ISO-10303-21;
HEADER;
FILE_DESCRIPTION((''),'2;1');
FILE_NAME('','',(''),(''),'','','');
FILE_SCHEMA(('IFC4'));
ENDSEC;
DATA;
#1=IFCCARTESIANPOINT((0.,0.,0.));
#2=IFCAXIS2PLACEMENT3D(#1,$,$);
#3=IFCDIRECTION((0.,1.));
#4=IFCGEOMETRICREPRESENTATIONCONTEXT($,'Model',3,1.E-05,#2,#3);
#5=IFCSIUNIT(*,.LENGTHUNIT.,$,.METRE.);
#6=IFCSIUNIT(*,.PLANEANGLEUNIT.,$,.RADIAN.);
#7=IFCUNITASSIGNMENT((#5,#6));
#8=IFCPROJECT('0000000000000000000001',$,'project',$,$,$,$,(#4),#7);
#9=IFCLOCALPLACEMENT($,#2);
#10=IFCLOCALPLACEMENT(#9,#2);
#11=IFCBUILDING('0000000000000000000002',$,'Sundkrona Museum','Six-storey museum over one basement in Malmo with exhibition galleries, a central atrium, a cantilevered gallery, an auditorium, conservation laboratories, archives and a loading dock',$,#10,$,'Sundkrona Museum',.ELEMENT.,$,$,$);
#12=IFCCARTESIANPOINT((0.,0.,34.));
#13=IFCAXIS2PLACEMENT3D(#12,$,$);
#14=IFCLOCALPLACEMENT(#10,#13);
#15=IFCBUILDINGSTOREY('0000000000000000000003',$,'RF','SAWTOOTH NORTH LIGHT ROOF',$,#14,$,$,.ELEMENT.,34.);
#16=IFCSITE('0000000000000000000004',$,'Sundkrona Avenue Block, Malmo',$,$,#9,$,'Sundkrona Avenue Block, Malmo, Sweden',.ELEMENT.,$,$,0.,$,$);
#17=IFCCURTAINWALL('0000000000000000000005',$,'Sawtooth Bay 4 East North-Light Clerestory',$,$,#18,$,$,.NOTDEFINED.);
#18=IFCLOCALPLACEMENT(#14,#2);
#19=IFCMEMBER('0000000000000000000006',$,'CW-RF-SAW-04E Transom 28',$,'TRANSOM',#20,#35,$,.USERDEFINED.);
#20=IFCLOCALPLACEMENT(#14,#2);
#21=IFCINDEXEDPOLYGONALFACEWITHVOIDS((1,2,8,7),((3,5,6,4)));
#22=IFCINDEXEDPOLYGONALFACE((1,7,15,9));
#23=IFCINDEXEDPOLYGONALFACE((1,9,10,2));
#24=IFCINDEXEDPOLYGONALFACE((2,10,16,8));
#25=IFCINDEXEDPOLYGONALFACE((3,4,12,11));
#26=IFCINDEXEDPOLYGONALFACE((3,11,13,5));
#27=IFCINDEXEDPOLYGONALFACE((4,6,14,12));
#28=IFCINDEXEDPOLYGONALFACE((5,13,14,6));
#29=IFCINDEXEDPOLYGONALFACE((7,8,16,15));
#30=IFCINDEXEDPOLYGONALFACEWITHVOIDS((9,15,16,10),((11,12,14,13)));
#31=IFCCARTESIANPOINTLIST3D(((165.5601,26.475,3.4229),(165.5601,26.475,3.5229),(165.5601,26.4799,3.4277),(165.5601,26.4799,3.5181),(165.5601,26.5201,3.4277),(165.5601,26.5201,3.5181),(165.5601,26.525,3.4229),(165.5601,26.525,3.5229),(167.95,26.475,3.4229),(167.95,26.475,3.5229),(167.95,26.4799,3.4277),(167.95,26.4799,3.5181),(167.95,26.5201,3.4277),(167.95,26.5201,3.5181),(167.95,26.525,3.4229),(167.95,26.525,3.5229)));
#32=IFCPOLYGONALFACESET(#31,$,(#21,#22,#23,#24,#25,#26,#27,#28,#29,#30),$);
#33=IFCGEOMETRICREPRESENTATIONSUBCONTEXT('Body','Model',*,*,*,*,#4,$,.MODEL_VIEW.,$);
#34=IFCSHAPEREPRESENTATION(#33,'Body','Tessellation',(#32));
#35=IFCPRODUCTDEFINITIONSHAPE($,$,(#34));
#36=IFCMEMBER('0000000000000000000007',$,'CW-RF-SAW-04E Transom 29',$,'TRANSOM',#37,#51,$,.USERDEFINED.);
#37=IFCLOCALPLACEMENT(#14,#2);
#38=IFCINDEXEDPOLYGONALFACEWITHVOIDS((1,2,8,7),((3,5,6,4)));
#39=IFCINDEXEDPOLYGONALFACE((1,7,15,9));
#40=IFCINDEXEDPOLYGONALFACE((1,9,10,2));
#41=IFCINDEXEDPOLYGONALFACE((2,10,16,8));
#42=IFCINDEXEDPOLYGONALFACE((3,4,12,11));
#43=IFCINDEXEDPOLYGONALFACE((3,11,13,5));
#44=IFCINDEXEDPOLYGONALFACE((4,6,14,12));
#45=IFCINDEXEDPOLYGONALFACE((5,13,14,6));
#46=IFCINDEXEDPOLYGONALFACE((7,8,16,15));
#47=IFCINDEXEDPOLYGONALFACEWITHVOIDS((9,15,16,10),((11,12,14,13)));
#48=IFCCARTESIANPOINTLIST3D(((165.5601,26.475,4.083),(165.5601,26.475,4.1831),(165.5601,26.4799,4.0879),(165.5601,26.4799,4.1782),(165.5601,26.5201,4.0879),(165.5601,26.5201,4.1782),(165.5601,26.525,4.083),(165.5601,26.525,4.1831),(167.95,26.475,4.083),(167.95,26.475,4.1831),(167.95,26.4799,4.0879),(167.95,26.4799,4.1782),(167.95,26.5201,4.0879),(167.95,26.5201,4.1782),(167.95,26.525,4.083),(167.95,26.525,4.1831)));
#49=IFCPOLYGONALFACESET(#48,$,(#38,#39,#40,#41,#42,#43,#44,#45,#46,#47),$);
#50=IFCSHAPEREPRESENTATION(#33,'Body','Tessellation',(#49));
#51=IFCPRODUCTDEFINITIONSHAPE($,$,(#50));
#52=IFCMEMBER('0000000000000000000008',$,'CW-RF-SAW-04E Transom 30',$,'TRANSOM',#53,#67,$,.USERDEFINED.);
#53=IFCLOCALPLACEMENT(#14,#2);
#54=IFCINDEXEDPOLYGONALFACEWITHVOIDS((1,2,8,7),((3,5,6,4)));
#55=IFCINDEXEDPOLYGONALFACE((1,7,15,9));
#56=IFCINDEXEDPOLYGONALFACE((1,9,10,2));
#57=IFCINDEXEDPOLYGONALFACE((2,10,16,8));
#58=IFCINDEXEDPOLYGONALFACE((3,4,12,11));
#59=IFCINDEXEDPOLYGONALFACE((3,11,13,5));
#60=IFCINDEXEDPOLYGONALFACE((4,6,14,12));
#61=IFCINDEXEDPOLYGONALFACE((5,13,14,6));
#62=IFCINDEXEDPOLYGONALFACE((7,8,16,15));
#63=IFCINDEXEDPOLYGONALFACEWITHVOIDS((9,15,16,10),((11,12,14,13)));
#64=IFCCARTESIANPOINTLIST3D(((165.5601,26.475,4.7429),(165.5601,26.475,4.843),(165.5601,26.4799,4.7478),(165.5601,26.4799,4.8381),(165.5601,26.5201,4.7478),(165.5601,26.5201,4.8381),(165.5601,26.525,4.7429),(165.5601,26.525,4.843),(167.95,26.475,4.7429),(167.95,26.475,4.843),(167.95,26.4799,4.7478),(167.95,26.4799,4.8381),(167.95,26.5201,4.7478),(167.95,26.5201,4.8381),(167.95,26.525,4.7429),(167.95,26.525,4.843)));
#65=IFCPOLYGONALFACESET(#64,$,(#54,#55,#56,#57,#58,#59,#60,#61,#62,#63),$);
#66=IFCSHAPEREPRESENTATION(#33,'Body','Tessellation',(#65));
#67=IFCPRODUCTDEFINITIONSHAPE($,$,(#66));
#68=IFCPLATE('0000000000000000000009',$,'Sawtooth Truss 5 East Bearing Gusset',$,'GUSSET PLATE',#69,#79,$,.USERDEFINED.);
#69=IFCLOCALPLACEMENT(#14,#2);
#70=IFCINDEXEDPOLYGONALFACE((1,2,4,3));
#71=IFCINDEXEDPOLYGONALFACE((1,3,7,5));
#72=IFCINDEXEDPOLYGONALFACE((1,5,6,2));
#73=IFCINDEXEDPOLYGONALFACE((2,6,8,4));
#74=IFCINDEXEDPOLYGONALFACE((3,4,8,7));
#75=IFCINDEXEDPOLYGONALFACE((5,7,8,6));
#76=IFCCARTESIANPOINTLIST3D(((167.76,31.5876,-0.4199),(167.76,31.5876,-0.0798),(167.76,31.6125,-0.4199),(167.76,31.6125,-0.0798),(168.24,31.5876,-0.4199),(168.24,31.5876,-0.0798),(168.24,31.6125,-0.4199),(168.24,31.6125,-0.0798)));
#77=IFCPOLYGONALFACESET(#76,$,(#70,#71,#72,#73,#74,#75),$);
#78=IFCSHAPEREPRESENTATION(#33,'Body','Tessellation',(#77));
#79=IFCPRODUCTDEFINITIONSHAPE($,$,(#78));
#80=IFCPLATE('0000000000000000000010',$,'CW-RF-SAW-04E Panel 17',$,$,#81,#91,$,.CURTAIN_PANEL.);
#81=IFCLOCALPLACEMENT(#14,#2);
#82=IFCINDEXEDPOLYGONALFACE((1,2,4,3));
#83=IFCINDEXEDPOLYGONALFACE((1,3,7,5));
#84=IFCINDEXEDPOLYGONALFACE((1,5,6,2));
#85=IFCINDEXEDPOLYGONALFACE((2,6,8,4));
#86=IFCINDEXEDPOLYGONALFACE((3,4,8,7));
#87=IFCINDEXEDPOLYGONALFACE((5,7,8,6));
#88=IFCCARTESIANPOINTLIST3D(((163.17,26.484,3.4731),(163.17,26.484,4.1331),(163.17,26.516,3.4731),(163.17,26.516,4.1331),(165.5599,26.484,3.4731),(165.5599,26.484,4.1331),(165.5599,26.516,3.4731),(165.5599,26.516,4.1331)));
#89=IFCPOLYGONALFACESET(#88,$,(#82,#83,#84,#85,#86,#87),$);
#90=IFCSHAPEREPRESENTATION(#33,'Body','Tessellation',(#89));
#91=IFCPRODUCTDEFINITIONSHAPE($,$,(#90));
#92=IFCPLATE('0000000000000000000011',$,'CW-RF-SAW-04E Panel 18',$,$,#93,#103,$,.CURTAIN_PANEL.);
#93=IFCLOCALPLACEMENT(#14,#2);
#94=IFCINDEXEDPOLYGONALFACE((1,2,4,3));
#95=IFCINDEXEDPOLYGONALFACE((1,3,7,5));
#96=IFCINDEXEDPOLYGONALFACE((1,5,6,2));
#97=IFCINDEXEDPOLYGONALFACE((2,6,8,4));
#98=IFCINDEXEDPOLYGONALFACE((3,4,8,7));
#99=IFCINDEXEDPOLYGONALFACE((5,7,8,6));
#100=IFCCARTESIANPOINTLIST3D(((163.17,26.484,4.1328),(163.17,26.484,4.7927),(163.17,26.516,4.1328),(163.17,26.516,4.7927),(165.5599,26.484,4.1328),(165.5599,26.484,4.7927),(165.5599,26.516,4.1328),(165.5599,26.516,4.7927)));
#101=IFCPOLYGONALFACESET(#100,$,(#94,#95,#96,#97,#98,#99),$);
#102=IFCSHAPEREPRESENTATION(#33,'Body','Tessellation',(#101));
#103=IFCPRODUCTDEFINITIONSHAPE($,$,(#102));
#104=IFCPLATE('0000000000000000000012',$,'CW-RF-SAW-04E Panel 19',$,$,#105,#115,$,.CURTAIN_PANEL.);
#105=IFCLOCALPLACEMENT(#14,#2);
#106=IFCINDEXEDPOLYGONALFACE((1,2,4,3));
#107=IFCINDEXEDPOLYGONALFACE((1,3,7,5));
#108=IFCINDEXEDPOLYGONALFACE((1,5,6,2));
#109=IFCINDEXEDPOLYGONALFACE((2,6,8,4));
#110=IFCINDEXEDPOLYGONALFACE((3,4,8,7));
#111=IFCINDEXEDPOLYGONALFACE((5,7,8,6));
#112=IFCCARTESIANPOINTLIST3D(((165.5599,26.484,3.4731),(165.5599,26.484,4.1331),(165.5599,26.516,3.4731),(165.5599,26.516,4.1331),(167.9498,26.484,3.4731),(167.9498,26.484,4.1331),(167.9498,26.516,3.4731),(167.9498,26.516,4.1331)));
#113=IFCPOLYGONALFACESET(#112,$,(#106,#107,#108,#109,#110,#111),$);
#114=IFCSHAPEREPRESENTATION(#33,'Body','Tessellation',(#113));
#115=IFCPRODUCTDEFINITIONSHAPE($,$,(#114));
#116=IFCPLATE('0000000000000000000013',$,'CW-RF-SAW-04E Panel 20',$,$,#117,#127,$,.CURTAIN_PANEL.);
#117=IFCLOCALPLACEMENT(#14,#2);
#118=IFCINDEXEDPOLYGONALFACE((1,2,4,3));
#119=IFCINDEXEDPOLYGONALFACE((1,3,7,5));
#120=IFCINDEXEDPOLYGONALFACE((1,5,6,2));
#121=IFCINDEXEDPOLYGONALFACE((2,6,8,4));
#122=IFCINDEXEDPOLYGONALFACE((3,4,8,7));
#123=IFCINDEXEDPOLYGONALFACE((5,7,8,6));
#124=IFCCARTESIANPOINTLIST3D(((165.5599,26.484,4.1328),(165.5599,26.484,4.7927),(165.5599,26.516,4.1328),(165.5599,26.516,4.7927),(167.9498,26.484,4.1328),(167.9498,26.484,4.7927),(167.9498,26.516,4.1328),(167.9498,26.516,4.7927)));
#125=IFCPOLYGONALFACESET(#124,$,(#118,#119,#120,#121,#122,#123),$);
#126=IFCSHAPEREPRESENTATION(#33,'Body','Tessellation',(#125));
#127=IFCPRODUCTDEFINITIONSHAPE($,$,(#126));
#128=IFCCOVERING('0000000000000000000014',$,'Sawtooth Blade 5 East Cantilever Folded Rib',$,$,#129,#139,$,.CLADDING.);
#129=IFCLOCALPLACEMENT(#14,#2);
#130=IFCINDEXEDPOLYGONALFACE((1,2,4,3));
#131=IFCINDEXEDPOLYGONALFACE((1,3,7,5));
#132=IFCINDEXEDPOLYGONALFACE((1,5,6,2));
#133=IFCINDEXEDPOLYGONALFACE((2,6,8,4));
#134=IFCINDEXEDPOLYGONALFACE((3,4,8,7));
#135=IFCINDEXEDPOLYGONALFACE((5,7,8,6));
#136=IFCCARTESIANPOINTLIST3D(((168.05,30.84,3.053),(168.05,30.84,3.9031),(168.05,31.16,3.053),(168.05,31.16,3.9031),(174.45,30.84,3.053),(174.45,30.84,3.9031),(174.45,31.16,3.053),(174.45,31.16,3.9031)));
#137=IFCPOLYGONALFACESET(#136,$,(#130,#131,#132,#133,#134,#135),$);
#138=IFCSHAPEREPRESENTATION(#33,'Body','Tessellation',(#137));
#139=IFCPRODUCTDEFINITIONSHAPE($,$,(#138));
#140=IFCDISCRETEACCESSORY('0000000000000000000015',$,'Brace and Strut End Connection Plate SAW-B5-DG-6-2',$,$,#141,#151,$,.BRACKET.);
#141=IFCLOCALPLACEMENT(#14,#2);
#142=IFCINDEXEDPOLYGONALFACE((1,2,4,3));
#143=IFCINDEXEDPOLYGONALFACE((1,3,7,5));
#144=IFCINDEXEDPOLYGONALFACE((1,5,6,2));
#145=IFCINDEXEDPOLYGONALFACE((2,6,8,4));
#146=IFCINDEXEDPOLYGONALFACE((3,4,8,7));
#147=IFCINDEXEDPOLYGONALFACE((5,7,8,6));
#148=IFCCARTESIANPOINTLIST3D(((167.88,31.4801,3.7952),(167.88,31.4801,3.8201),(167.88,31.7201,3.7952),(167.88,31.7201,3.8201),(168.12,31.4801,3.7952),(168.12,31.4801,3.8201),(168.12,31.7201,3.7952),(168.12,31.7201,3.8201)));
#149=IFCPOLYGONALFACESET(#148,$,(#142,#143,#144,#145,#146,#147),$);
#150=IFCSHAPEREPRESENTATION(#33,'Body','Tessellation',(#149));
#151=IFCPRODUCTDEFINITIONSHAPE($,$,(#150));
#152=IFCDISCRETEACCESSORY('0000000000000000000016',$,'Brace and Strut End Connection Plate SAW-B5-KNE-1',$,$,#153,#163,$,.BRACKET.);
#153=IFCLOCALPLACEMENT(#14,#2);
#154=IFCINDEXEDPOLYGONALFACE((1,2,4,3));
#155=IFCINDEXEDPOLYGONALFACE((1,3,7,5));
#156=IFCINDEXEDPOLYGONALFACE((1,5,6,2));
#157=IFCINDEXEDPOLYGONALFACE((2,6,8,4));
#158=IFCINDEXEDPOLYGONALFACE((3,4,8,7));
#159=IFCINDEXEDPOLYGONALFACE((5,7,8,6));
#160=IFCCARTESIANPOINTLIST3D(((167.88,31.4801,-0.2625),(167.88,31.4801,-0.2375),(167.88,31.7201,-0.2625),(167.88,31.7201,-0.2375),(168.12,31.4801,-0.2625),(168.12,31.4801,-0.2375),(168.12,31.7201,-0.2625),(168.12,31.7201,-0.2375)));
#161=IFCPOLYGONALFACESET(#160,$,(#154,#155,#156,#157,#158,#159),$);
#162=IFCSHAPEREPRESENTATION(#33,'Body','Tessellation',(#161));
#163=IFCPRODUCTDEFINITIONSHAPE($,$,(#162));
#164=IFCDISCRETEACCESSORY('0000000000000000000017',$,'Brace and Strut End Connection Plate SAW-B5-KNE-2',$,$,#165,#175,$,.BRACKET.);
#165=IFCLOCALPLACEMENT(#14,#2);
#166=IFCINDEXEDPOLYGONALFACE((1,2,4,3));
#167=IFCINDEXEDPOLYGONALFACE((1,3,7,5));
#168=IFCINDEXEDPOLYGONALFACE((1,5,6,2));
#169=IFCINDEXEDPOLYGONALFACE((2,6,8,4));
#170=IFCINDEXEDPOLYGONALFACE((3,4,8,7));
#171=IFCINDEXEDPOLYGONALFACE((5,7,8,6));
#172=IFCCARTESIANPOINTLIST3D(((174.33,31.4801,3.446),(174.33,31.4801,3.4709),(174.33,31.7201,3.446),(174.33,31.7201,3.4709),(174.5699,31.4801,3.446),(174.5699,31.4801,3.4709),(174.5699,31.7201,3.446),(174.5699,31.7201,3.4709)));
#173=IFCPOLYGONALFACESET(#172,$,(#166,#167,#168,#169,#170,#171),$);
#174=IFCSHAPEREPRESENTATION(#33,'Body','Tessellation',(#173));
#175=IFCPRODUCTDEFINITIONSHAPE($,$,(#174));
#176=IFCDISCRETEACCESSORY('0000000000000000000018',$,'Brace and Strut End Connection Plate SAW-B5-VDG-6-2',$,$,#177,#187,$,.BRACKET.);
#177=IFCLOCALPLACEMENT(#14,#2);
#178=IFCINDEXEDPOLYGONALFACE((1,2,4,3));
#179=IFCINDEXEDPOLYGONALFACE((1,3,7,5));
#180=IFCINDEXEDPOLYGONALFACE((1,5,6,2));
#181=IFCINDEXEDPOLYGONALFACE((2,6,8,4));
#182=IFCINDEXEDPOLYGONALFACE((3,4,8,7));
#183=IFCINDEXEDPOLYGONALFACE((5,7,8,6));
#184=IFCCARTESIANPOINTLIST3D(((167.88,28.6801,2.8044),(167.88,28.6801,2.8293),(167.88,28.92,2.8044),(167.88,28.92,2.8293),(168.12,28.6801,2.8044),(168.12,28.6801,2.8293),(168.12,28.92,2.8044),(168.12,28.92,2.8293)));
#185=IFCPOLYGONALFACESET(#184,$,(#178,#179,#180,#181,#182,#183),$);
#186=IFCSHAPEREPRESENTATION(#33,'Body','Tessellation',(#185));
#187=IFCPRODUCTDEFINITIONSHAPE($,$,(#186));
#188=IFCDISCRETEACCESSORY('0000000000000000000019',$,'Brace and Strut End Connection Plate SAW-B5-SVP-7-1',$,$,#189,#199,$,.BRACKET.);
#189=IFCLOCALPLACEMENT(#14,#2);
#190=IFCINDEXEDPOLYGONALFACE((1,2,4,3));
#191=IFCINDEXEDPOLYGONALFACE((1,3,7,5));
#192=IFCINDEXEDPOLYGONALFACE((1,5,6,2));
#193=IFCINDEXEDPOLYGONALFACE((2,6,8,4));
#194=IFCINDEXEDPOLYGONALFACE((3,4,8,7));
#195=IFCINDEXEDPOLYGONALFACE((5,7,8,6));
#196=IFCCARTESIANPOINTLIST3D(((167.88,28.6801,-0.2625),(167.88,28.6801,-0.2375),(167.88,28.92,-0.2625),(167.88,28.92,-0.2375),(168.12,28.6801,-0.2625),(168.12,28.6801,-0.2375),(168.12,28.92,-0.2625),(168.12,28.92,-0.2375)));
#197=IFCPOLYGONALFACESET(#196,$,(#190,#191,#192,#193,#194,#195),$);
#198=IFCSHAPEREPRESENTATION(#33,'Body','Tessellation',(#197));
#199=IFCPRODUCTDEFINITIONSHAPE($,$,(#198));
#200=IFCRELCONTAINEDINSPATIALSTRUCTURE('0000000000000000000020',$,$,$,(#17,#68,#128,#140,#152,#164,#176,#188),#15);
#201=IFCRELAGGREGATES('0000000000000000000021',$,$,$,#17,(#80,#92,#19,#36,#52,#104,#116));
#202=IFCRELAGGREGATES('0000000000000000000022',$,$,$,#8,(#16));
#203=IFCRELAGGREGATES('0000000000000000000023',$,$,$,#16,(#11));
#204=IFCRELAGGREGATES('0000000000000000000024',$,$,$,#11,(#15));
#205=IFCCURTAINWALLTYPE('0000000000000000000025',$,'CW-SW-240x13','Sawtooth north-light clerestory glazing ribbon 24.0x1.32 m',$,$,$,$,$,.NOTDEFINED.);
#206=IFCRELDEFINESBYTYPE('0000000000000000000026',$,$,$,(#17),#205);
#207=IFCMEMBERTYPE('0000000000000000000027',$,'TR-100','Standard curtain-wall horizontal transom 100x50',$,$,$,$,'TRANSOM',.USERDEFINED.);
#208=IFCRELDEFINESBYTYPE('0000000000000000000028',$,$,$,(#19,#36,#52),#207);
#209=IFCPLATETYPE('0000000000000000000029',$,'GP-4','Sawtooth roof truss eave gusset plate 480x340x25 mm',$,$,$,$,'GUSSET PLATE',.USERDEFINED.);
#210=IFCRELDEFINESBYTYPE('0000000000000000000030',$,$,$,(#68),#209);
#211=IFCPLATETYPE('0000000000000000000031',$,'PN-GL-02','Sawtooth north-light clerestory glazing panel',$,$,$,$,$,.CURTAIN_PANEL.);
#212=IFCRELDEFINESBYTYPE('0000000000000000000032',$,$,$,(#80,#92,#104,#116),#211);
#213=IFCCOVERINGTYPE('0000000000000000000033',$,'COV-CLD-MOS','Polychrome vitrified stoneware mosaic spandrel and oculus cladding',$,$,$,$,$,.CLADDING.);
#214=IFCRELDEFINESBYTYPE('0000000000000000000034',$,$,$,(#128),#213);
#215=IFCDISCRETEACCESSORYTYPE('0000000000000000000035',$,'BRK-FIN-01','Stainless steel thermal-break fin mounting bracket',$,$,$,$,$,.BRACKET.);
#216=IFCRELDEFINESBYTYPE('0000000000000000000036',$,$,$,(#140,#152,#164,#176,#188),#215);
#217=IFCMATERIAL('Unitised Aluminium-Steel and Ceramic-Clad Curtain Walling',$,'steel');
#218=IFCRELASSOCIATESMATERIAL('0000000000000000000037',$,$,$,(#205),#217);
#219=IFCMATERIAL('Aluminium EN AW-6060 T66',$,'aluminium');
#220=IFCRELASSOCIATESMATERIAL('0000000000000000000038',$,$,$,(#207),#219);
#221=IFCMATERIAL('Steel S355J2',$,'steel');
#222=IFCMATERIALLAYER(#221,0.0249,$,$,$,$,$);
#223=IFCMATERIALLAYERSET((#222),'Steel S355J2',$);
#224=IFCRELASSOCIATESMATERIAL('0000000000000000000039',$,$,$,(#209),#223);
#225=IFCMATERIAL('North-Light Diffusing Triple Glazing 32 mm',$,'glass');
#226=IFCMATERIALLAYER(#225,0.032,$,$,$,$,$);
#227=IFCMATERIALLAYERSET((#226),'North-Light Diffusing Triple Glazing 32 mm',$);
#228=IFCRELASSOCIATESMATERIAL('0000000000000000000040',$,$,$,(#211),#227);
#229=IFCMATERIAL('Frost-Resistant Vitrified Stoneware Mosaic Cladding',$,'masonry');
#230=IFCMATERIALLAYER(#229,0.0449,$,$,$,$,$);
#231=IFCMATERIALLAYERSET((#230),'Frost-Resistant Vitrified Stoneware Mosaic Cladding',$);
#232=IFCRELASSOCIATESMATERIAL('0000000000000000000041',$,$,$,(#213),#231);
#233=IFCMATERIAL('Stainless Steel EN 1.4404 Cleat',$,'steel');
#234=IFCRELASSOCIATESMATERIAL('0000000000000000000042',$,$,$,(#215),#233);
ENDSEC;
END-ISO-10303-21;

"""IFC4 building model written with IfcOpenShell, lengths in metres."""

from ifc_helpers import new_model, si_unit, direction, frame, origin, origin_2d, place, context, subcontext, project, spatial, rectangle, hollow_rectangle, extrude, material, layer, layer_set, material_profile, profile_set, type_object, element, aggregate, save


model = new_model("IFC4")

# Units and contexts
model_context = context("Model", 3, precision=1e-05, world=origin(), true_north=direction((0.0, 1.0)))
body_context = subcontext(model_context, "Body", "Model", "MODEL_VIEW")
ifc_project = project(units=[si_unit("LENGTHUNIT", "METRE"), si_unit("PLANEANGLEUNIT", "RADIAN")], contexts=[model_context])

# Site, building, storey
site_placement = place(None, origin())
site = spatial("IfcSite", under=ifc_project, at=site_placement, Name="Sundkrona Avenue Block, Malmo", LongName="Sundkrona Avenue Block, Malmo, Sweden", CompositionType="ELEMENT", RefElevation=0.0)
building_placement = place(site_placement, origin())
building = spatial("IfcBuilding", under=site, at=building_placement, Name="Sundkrona Museum", Description="Six-storey museum over one basement in Malmo with exhibition galleries, a central atrium, a cantilevered gallery, an auditorium, conservation laboratories, archives and a loading dock", LongName="Sundkrona Museum", CompositionType="ELEMENT")
storey_placement = place(building_placement, frame((0.0, 0.0, 34.0)))
storey = spatial("IfcBuildingStorey", under=building, at=storey_placement, Name="RF", Description="SAWTOOTH NORTH LIGHT ROOF", CompositionType="ELEMENT", Elevation=34.0)

# Shared definitions
ifc_material_1 = material(Name="Steel S355J2", Category="steel")

# Curtain wall
ifc_material_2 = material(Name="Unitised Aluminium-Steel and Ceramic-Clad Curtain Walling", Category="steel")
curtain_wall_type = type_object("IfcCurtainWallType", Name="CW-SW-240x13", Description="Sawtooth north-light clerestory glazing ribbon 24.0x1.32 m", PredefinedType="NOTDEFINED", material=ifc_material_2)
curtain_wall_placement = place(storey_placement, origin())
curtain_wall = element("IfcCurtainWall", 1, at=curtain_wall_placement, inside=storey, type_object=curtain_wall_type, Name="Sawtooth Bay 4 East North-Light Clerestory", PredefinedType="NOTDEFINED")
ifc_material_3 = material(Name="Aluminium EN AW-6060 T66", Category="aluminium")

# Members
ifc_material_profile_1 = material_profile(ifc_material_3, hollow_rectangle(XDim=0.05, YDim=0.1001, WallThickness=0.0049, at=origin_2d()), Name="RHS 100x50x5.0")
ifc_profile_set_1 = profile_set([ifc_material_profile_1], Name="Aluminium EN AW-6060 T66")
member_type_1 = type_object("IfcMemberType", Name="TR-100", Description="Standard curtain-wall horizontal transom 100x50", ElementType="TRANSOM", PredefinedType="USERDEFINED", material=ifc_profile_set_1)
member_1_placement = place(storey_placement, frame((165.5601, 26.5, 3.4729), z_axis=(1.0, 0.0, 0.0), x_axis=(0.0, 1.0, 0.0)))
member_1 = element("IfcMember", 2, at=member_1_placement, type_object=member_type_1, Name="CW-RF-SAW-04E Transom 28", ObjectType="TRANSOM", PredefinedType="USERDEFINED", context=body_context, shape_type="SweptSolid", body=[
    extrude(hollow_rectangle(XDim=0.05, YDim=0.1001, WallThickness=0.0049, at=origin_2d()), origin(), (0.0, 0.0, 1.0), 2.3899),
])
member_2_placement = place(storey_placement, frame((165.5601, 26.5, 4.1331), z_axis=(1.0, 0.0, 0.0), x_axis=(0.0, 1.0, 0.0)))
member_2 = element("IfcMember", 3, at=member_2_placement, type_object=member_type_1, Name="CW-RF-SAW-04E Transom 29", ObjectType="TRANSOM", PredefinedType="USERDEFINED", context=body_context, shape_type="SweptSolid", body=[
    extrude(hollow_rectangle(XDim=0.05, YDim=0.1001, WallThickness=0.0049, at=origin_2d()), origin(), (0.0, 0.0, 1.0), 2.3899),
])
member_3_placement = place(storey_placement, frame((165.5601, 26.5, 4.793), z_axis=(1.0, 0.0, 0.0), x_axis=(0.0, 1.0, 0.0)))
member_3 = element("IfcMember", 4, at=member_3_placement, type_object=member_type_1, Name="CW-RF-SAW-04E Transom 30", ObjectType="TRANSOM", PredefinedType="USERDEFINED", context=body_context, shape_type="SweptSolid", body=[
    extrude(hollow_rectangle(XDim=0.05, YDim=0.1001, WallThickness=0.0049, at=origin_2d()), origin(), (0.0, 0.0, 1.0), 2.3899),
])

# Plates
ifc_layer_1 = layer(ifc_material_1, 0.0249)
ifc_layer_set_1 = layer_set([ifc_layer_1], Name="Steel S355J2")
plate_type_1 = type_object("IfcPlateType", Name="GP-4", Description="Sawtooth roof truss eave gusset plate 480x340x25 mm", ElementType="GUSSET PLATE", PredefinedType="USERDEFINED", material=ifc_layer_set_1)
plate_1_placement = place(storey_placement, frame((168.0, 31.6001, -0.4199), z_axis=(0.0, 0.0, 1.0), x_axis=(1.0, 0.0, 0.0)))
element("IfcPlate", 5, at=plate_1_placement, inside=storey, type_object=plate_type_1, Name="Sawtooth Truss 5 East Bearing Gusset", ObjectType="GUSSET PLATE", PredefinedType="USERDEFINED", context=body_context, shape_type="SweptSolid", body=[
    extrude(rectangle(XDim=0.48, YDim=0.0249, at=origin_2d()), origin(), (0.0, 0.0, 1.0), 0.3401),
])
ifc_material_4 = material(Name="North-Light Diffusing Triple Glazing 32 mm", Category="glass")
ifc_layer_2 = layer(ifc_material_4, 0.032)
ifc_layer_set_2 = layer_set([ifc_layer_2], Name="North-Light Diffusing Triple Glazing 32 mm")
plate_type_2 = type_object("IfcPlateType", Name="PN-GL-02", Description="Sawtooth north-light clerestory glazing panel", PredefinedType="CURTAIN_PANEL", material=ifc_layer_set_2)
plate_2_placement = place(storey_placement, frame((164.365, 26.5, 3.4731), z_axis=(0.0, 0.0, 1.0), x_axis=(1.0, 0.0, 0.0)))
plate_2 = element("IfcPlate", 6, at=plate_2_placement, type_object=plate_type_2, Name="CW-RF-SAW-04E Panel 17", PredefinedType="CURTAIN_PANEL", context=body_context, shape_type="SweptSolid", body=[
    extrude(rectangle(XDim=2.3899, YDim=0.032, at=origin_2d()), origin(), (0.0, 0.0, 1.0), 0.6599),
])
plate_3_placement = place(storey_placement, frame((164.365, 26.5, 4.1328), z_axis=(0.0, 0.0, 1.0), x_axis=(1.0, 0.0, 0.0)))
plate_3 = element("IfcPlate", 7, at=plate_3_placement, type_object=plate_type_2, Name="CW-RF-SAW-04E Panel 18", PredefinedType="CURTAIN_PANEL", context=body_context, shape_type="SweptSolid", body=[
    extrude(rectangle(XDim=2.3899, YDim=0.032, at=origin_2d()), origin(), (0.0, 0.0, 1.0), 0.6599),
])
plate_4_placement = place(storey_placement, frame((166.7549, 26.5, 3.4731), z_axis=(0.0, 0.0, 1.0), x_axis=(1.0, 0.0, 0.0)))
plate_4 = element("IfcPlate", 8, at=plate_4_placement, type_object=plate_type_2, Name="CW-RF-SAW-04E Panel 19", PredefinedType="CURTAIN_PANEL", context=body_context, shape_type="SweptSolid", body=[
    extrude(rectangle(XDim=2.3899, YDim=0.032, at=origin_2d()), origin(), (0.0, 0.0, 1.0), 0.6599),
])
plate_5_placement = place(storey_placement, frame((166.7549, 26.5, 4.1328), z_axis=(0.0, 0.0, 1.0), x_axis=(1.0, 0.0, 0.0)))
plate_5 = element("IfcPlate", 9, at=plate_5_placement, type_object=plate_type_2, Name="CW-RF-SAW-04E Panel 20", PredefinedType="CURTAIN_PANEL", context=body_context, shape_type="SweptSolid", body=[
    extrude(rectangle(XDim=2.3899, YDim=0.032, at=origin_2d()), origin(), (0.0, 0.0, 1.0), 0.6599),
])
aggregate(curtain_wall, [plate_2, plate_3, member_1, member_2, member_3, plate_4, plate_5])

# Covering
ifc_material_5 = material(Name="Frost-Resistant Vitrified Stoneware Mosaic Cladding", Category="masonry")
ifc_layer_3 = layer(ifc_material_5, 0.0449)
ifc_layer_set_3 = layer_set([ifc_layer_3], Name="Frost-Resistant Vitrified Stoneware Mosaic Cladding")
covering_type = type_object("IfcCoveringType", Name="COV-CLD-MOS", Description="Polychrome vitrified stoneware mosaic spandrel and oculus cladding", PredefinedType="CLADDING", material=ifc_layer_set_3)
covering_placement = place(storey_placement, frame((171.25, 31.0, 3.053), z_axis=(0.0, 0.0, 1.0), x_axis=(1.0, 0.0, 0.0)))
element("IfcCovering", 10, at=covering_placement, inside=storey, type_object=covering_type, Name="Sawtooth Blade 5 East Cantilever Folded Rib", PredefinedType="CLADDING", context=body_context, shape_type="SweptSolid", body=[
    extrude(rectangle(XDim=6.3999, YDim=0.3201, at=origin_2d()), origin(), (0.0, 0.0, 1.0), 0.8501),
])

# Discrete accessories
ifc_material_6 = material(Name="Stainless Steel EN 1.4404 Cleat", Category="steel")
discrete_accessory_type = type_object("IfcDiscreteAccessoryType", Name="BRK-FIN-01", Description="Stainless steel thermal-break fin mounting bracket", PredefinedType="BRACKET", material=ifc_material_6)
for number, where, z_axis, x_axis, name in (
    (11, (168.0, 31.6001, 3.7952), (0.0, 0.0, 1.0), (1.0, 0.0, 0.0), "Brace and Strut End Connection Plate SAW-B5-DG-6-2"),
    (12, (168.0, 31.6001, -0.2625), (0.0, 0.0, 1.0), (1.0, 0.0, 0.0), "Brace and Strut End Connection Plate SAW-B5-KNE-1"),
    (13, (174.45, 31.6001, 3.446), (0.0, 0.0, 1.0), (1.0, 0.0, 0.0), "Brace and Strut End Connection Plate SAW-B5-KNE-2"),
    (14, (168.0, 28.8, 2.8044), (0.0, 0.0, 1.0), (1.0, 0.0, 0.0), "Brace and Strut End Connection Plate SAW-B5-VDG-6-2"),
    (15, (168.0, 28.8, -0.2625), (0.0, 0.0, 1.0), (1.0, 0.0, 0.0), "Brace and Strut End Connection Plate SAW-B5-SVP-7-1"),
):
    element("IfcDiscreteAccessory", number, at=place(storey_placement, frame(where, z_axis=z_axis, x_axis=x_axis)), inside=storey, type_object=discrete_accessory_type, Name=name, PredefinedType="BRACKET", context=body_context, shape_type="SweptSolid", body=[
        extrude(rectangle(XDim=0.24, YDim=0.24, at=origin_2d()), origin(), (0.0, 0.0, 1.0), 0.0249),
    ])

save(model, "model.ifc")
